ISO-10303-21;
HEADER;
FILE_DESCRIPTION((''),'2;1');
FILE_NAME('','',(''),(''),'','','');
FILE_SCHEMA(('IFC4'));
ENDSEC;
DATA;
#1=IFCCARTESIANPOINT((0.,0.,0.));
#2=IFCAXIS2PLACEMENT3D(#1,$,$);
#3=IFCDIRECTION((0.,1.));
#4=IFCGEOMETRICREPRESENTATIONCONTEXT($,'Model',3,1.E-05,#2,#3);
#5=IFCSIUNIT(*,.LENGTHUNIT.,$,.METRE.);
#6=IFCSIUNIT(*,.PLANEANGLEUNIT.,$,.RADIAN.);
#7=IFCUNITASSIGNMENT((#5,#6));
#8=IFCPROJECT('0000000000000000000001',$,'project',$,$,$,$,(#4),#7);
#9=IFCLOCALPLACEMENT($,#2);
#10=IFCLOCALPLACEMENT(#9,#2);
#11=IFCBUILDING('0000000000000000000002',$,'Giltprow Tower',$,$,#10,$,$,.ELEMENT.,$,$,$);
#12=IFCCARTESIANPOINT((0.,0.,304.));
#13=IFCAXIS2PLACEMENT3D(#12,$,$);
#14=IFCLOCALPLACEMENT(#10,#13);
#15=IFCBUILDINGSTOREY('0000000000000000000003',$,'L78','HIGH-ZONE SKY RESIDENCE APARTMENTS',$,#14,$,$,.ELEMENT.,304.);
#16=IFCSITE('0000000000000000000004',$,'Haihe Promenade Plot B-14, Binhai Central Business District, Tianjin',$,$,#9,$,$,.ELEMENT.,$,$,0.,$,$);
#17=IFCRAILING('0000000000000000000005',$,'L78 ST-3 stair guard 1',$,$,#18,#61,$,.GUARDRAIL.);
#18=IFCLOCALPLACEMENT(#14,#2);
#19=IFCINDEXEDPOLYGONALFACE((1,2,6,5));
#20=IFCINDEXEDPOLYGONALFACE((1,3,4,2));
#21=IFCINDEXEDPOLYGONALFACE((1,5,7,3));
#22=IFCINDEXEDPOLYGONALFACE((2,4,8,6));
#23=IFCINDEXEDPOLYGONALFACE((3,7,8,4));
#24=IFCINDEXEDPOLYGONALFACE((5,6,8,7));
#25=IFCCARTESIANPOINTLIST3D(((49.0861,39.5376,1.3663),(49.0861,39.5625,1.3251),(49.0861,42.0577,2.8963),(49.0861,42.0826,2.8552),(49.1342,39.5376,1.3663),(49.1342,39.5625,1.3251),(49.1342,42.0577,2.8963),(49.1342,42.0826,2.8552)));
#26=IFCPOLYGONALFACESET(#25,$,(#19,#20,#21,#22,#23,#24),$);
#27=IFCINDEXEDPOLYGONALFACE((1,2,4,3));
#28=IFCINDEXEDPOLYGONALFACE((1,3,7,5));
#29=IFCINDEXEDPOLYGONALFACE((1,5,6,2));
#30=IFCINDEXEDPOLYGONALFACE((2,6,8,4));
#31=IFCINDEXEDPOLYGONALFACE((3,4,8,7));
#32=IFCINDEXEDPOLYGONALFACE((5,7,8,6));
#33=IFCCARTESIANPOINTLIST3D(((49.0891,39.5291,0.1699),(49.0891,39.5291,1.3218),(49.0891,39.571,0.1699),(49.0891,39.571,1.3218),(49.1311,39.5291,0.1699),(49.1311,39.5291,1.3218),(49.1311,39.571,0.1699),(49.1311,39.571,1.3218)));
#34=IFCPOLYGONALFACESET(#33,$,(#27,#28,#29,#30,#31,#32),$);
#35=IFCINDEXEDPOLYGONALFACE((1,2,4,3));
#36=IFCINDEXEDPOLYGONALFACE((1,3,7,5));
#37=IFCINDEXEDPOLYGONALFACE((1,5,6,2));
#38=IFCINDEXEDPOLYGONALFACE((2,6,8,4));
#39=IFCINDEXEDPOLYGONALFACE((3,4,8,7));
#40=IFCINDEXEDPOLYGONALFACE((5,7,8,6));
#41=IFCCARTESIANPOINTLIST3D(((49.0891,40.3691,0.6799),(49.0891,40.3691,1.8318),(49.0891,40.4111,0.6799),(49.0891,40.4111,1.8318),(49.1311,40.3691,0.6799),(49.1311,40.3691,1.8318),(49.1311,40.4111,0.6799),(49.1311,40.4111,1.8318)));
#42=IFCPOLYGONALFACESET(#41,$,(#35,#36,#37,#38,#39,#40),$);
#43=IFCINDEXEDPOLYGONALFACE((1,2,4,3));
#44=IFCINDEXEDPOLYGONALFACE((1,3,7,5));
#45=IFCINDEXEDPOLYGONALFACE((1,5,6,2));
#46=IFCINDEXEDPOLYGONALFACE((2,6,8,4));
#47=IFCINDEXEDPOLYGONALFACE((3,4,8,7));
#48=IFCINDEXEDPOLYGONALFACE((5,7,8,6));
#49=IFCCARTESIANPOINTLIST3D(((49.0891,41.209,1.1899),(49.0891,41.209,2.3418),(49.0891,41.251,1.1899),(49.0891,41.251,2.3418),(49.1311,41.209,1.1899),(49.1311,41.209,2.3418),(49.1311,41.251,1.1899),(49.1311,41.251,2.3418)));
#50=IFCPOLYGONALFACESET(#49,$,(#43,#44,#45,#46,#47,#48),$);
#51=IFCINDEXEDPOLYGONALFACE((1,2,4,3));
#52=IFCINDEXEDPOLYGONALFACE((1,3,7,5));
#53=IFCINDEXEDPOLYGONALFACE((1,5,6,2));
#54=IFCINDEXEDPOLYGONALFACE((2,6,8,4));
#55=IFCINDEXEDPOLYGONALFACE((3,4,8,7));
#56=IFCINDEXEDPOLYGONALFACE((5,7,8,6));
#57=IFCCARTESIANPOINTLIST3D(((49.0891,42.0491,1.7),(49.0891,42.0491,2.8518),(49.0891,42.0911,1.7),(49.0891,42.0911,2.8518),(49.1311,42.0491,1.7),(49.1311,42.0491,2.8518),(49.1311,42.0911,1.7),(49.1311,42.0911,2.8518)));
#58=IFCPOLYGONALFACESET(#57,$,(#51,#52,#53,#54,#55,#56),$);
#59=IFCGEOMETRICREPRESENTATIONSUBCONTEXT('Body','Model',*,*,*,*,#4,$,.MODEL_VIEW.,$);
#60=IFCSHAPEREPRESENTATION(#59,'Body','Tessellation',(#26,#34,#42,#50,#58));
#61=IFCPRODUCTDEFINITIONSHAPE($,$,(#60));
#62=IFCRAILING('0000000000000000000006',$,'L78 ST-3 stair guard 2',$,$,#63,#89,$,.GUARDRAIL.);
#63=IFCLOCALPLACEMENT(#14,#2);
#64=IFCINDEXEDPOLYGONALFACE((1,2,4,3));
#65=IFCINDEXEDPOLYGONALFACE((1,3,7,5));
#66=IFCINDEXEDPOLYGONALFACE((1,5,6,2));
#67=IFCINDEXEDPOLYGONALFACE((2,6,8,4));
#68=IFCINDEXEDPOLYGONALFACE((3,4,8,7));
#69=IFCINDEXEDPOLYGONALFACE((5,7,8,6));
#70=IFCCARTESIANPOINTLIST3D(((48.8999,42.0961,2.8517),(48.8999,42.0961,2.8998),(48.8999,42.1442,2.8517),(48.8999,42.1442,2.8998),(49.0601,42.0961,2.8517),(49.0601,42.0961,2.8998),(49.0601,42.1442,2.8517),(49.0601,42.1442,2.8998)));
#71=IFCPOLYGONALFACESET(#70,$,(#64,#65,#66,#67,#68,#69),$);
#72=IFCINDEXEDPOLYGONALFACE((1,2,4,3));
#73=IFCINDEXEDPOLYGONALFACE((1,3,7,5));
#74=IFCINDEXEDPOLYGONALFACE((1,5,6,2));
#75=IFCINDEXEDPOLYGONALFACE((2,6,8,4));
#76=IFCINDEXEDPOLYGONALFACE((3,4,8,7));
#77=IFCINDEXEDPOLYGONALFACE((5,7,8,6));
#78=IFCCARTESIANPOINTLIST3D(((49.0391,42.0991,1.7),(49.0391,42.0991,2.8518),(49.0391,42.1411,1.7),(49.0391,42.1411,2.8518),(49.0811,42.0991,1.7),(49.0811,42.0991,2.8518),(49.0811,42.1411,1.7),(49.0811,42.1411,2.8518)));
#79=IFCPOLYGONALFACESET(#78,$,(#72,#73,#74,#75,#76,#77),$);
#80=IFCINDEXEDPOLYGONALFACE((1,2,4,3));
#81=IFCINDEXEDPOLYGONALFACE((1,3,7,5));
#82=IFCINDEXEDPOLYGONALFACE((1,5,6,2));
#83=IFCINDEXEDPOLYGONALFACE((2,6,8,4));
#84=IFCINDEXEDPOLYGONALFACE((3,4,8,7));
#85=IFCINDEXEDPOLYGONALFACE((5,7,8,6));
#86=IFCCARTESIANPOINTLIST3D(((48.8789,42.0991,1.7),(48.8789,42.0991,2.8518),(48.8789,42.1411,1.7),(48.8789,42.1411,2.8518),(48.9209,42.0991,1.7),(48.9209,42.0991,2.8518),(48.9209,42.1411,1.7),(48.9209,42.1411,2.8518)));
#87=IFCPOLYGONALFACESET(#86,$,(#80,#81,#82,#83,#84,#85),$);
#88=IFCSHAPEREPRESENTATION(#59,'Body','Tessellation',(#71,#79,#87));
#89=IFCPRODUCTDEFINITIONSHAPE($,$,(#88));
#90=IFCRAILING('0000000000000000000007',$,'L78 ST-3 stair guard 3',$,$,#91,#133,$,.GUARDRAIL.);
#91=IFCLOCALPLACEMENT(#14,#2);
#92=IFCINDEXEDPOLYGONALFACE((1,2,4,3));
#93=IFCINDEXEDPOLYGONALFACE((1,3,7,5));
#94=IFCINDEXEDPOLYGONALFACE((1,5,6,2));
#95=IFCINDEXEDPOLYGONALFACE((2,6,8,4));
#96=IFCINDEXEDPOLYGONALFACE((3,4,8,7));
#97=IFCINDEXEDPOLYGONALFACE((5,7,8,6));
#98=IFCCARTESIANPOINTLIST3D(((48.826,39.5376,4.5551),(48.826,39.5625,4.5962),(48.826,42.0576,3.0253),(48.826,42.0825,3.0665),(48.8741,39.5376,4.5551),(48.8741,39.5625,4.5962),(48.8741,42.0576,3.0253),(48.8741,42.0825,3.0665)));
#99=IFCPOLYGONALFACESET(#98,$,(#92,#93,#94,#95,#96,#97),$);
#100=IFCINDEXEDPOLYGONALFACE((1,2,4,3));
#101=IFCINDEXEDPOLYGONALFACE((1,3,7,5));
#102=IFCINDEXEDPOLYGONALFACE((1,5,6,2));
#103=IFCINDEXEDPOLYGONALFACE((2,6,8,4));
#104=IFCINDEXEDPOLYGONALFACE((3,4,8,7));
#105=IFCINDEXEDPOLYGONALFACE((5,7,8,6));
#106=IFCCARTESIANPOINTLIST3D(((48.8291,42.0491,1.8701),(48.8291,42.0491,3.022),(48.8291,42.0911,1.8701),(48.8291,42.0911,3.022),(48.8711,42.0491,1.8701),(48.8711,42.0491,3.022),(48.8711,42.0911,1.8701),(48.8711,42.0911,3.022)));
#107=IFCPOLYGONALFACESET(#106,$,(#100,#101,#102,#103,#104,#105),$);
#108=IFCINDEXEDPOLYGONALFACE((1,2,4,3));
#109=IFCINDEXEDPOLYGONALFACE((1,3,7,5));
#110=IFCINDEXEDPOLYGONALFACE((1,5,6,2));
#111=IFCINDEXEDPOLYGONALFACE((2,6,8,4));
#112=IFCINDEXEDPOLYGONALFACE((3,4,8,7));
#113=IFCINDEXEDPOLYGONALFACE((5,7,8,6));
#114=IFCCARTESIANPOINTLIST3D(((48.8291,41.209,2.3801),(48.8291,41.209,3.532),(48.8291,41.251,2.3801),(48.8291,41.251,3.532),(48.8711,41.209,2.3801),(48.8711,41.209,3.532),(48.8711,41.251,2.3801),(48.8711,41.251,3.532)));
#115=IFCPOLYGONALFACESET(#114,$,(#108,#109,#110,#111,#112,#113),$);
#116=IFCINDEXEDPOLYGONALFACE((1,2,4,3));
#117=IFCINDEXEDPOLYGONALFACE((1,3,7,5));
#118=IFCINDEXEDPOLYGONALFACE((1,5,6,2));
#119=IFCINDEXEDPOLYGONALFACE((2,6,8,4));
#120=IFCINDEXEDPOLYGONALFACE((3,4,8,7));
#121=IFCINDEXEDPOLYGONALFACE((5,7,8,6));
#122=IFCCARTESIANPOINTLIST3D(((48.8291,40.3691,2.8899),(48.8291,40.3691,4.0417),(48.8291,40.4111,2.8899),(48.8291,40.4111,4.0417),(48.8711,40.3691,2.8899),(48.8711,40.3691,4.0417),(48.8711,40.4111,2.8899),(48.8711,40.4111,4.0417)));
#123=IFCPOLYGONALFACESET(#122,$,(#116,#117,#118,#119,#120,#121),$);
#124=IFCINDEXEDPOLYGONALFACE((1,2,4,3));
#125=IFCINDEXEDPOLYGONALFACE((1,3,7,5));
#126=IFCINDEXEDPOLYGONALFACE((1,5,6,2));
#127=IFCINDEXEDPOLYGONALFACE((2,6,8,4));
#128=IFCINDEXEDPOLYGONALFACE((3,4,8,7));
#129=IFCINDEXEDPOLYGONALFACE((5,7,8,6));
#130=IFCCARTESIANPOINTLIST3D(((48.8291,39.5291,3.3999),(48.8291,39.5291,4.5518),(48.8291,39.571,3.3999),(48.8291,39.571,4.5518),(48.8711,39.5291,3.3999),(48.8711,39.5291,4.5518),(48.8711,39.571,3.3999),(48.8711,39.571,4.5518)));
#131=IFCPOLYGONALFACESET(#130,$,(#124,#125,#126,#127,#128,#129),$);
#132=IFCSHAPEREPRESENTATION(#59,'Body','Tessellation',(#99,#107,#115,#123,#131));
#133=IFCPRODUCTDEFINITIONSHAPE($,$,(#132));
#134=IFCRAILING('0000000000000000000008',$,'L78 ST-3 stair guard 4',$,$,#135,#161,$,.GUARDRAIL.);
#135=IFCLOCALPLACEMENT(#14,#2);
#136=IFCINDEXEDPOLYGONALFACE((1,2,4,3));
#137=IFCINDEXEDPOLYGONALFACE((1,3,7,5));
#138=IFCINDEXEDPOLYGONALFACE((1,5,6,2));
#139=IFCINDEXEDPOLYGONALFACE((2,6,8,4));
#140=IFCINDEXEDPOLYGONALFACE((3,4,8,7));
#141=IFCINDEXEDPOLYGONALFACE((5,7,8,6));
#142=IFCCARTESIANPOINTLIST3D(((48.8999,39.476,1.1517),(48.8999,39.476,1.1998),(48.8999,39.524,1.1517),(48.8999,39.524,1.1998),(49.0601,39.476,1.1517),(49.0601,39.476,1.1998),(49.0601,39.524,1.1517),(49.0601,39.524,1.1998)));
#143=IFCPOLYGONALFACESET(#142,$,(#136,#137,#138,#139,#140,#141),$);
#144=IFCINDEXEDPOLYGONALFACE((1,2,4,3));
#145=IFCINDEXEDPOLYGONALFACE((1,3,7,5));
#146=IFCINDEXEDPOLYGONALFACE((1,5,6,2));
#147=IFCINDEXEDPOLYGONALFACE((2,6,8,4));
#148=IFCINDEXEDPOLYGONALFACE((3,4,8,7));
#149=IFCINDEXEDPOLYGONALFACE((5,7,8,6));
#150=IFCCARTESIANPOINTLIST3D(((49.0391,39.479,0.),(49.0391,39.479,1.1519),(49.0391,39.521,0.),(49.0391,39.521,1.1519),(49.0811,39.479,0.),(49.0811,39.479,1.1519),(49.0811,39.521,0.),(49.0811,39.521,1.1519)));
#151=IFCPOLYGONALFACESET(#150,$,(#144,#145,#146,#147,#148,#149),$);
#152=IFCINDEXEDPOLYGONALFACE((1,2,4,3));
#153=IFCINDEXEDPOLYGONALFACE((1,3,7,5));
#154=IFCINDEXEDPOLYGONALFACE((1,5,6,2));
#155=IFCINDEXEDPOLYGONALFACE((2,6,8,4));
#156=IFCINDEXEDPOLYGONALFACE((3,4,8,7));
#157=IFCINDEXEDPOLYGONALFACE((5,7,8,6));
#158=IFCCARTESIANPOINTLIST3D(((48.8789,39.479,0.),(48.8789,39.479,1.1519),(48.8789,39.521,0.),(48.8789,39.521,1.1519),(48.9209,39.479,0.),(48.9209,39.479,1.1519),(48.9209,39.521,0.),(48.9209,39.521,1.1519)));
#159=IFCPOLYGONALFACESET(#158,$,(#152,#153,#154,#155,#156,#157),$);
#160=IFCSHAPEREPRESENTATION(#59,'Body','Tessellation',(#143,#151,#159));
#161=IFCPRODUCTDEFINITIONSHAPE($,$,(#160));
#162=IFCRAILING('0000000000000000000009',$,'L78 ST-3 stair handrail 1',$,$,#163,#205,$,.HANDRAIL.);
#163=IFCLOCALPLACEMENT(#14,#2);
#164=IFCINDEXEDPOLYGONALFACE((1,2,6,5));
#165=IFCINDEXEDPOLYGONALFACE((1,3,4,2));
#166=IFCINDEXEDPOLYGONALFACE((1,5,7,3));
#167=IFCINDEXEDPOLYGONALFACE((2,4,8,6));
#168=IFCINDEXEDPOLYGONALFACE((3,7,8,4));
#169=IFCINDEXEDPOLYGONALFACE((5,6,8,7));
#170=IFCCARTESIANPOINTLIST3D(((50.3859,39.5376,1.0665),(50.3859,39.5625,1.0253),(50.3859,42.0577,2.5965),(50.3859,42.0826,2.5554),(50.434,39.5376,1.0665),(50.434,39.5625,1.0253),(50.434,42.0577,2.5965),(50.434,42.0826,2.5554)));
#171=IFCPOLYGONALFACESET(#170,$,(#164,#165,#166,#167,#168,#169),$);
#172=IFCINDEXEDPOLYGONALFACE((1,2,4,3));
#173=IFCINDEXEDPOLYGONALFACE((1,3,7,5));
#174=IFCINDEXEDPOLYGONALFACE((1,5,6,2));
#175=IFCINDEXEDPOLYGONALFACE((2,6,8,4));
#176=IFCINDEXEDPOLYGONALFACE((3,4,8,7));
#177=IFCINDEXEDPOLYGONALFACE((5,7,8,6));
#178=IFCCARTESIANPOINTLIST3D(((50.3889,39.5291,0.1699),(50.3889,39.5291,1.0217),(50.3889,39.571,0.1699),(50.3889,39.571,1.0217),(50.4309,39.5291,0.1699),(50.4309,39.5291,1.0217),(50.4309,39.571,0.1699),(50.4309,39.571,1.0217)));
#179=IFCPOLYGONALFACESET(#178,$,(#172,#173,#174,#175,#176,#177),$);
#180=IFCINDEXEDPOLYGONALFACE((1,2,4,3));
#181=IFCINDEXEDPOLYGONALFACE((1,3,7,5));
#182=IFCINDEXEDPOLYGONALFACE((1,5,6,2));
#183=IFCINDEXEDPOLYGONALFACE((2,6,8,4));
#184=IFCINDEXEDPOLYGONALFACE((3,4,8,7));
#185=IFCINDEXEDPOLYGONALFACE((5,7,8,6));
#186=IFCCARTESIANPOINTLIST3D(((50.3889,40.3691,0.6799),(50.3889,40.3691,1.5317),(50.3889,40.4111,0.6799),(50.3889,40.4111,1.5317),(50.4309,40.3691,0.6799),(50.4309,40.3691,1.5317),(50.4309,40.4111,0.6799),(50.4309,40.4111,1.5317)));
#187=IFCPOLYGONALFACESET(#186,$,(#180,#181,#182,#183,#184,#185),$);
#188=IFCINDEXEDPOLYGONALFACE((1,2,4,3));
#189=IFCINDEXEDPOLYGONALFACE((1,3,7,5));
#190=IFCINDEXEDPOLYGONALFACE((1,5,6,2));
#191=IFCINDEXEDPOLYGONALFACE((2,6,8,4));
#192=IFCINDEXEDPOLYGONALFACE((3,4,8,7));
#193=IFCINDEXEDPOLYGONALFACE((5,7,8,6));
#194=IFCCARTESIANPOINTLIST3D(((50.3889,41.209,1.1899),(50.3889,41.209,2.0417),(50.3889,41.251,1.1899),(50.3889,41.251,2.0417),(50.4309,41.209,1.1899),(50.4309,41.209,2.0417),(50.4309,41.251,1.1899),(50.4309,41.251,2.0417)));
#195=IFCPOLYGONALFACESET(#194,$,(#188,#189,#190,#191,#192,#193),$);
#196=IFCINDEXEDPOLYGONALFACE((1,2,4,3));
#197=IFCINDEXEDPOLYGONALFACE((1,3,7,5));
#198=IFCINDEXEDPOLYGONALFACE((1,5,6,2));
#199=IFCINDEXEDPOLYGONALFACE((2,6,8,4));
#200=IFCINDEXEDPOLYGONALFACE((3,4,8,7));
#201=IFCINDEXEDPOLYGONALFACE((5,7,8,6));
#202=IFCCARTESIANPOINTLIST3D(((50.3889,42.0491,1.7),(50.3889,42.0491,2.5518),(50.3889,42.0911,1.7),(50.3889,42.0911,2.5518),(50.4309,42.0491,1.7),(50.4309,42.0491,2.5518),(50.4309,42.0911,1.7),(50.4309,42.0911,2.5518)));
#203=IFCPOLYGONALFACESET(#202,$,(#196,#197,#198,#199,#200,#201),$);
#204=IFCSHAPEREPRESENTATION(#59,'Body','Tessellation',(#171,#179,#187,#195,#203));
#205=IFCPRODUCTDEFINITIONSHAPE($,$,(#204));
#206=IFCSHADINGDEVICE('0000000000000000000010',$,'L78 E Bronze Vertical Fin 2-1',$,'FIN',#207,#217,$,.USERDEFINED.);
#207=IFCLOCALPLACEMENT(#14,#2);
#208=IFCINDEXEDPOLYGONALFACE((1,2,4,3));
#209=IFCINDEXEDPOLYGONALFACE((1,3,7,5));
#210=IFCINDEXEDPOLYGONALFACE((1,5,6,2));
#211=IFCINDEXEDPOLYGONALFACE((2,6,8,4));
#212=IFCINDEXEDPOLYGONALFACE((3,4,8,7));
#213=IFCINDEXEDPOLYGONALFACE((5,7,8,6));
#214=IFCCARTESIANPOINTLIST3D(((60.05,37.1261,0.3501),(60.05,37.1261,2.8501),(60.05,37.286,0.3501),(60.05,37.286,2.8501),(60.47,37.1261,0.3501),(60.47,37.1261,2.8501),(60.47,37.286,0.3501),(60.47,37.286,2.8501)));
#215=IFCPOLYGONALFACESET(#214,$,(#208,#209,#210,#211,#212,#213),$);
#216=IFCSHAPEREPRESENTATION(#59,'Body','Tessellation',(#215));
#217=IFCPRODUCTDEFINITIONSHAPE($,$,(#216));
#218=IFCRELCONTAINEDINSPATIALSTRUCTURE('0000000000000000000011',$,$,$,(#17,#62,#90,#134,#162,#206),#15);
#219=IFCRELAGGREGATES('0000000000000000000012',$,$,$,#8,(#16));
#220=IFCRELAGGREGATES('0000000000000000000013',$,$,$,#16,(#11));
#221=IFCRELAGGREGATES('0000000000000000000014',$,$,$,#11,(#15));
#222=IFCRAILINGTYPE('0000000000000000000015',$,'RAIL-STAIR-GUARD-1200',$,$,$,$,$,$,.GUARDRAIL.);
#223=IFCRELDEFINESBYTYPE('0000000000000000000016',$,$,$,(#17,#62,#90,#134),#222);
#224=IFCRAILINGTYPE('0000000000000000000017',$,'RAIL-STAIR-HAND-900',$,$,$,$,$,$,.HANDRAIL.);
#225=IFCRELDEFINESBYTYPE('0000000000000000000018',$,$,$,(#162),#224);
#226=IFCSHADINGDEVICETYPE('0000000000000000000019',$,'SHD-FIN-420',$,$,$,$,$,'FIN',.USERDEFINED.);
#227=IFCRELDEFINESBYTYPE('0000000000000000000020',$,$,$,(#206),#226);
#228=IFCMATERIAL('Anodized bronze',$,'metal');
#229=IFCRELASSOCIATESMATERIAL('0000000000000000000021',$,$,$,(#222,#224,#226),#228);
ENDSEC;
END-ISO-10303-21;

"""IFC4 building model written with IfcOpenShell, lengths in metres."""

from ifc_helpers import new_model, si_unit, direction, frame, origin, origin_2d, place, context, subcontext, project, spatial, rectangle, extrude, source, transform, mapped, material, type_object, element, save


model = new_model("IFC4")

# Units and contexts
model_context = context("Model", 3, precision=1e-05, world=origin(), true_north=direction((0.0, 1.0)))
body_context = subcontext(model_context, "Body", "Model", "MODEL_VIEW")
ifc_project = project(units=[si_unit("LENGTHUNIT", "METRE"), si_unit("PLANEANGLEUNIT", "RADIAN")], contexts=[model_context])

# Site, building, storey
site_placement = place(None, origin())
site = spatial("IfcSite", under=ifc_project, at=site_placement, Name="Haihe Promenade Plot B-14, Binhai Central Business District, Tianjin", CompositionType="ELEMENT", RefElevation=0.0)
building_placement = place(site_placement, origin())
building = spatial("IfcBuilding", under=site, at=building_placement, Name="Giltprow Tower", CompositionType="ELEMENT")
storey_placement = place(building_placement, frame((0.0, 0.0, 304.0)))
storey = spatial("IfcBuildingStorey", under=building, at=storey_placement, Name="L78", Description="HIGH-ZONE SKY RESIDENCE APARTMENTS", CompositionType="ELEMENT", Elevation=304.0)

# Railings
ifc_material_1 = material(Name="Anodized bronze", Category="metal")
railing_type_1 = type_object("IfcRailingType", Name="RAIL-STAIR-GUARD-1200", PredefinedType="GUARDRAIL", material=ifc_material_1)
railing_1_placement = place(storey_placement, frame((49.1101, 39.55, 0.1699)))
element("IfcRailing", 1, at=railing_1_placement, inside=storey, type_object=railing_type_1, Name="L78 ST-3 stair guard 1", PredefinedType="GUARDRAIL", context=body_context, shape_type="SweptSolid", body=[
    extrude(rectangle(XDim=0.0481, YDim=0.0481, at=origin_2d()), frame((0.0, 0.0, 1.1758), z_axis=(0.0, 0.854785, 0.518982), x_axis=(-1.0, 0.0, 0.0)), (0.0, 0.0, 1.0), 2.9482),
    extrude(rectangle(XDim=0.042, YDim=0.042, at=origin_2d()), origin(), (0.0, 0.0, 1.0), 1.1519),
    extrude(rectangle(XDim=0.042, YDim=0.042, at=origin_2d()), frame((0.0, 0.8401, 0.51)), (0.0, 0.0, 1.0), 1.1519),
    extrude(rectangle(XDim=0.042, YDim=0.042, at=origin_2d()), frame((0.0, 1.6799, 1.02)), (0.0, 0.0, 1.0), 1.1519),
    extrude(rectangle(XDim=0.042, YDim=0.042, at=origin_2d()), frame((0.0, 2.52, 1.53)), (0.0, 0.0, 1.0), 1.1519),
])
railing_2_placement = place(storey_placement, frame((49.0601, 42.1201, 1.7)))
element("IfcRailing", 2, at=railing_2_placement, inside=storey, type_object=railing_type_1, Name="L78 ST-3 stair guard 2", PredefinedType="GUARDRAIL", context=body_context, shape_type="SweptSolid", body=[
    extrude(rectangle(XDim=0.0481, YDim=0.0481, at=origin_2d()), frame((0.0, 0.0, 1.1758), z_axis=(-1.0, 0.0, 0.0), x_axis=(0.0, -1.0, 0.0)), (0.0, 0.0, 1.0), 0.1602),
    extrude(rectangle(XDim=0.042, YDim=0.042, at=origin_2d()), origin(), (0.0, 0.0, 1.0), 1.1519),
    extrude(rectangle(XDim=0.042, YDim=0.042, at=origin_2d()), frame((-0.1602, 0.0, 0.0)), (0.0, 0.0, 1.0), 1.1519),
])
railing_3_placement = place(storey_placement, frame((48.8501, 42.0701, 1.8701)))
element("IfcRailing", 3, at=railing_3_placement, inside=storey, type_object=railing_type_1, Name="L78 ST-3 stair guard 3", PredefinedType="GUARDRAIL", context=body_context, shape_type="SweptSolid", body=[
    extrude(rectangle(XDim=0.0481, YDim=0.0481, at=origin_2d()), frame((0.0, 0.0, 1.1758), z_axis=(0.0, -0.854822, 0.518922), x_axis=(1.0, 0.0, 0.0)), (0.0, 0.0, 1.0), 2.948),
    extrude(rectangle(XDim=0.042, YDim=0.042, at=origin_2d()), origin(), (0.0, 0.0, 1.0), 1.1519),
    extrude(rectangle(XDim=0.042, YDim=0.042, at=origin_2d()), frame((0.0, -0.8401, 0.51)), (0.0, 0.0, 1.0), 1.1519),
    extrude(rectangle(XDim=0.042, YDim=0.042, at=origin_2d()), frame((0.0, -1.6799, 1.0198)), (0.0, 0.0, 1.0), 1.1519),
    extrude(rectangle(XDim=0.042, YDim=0.042, at=origin_2d()), frame((0.0, -2.52, 1.5298)), (0.0, 0.0, 1.0), 1.1519),
])
railing_4_placement = place(storey_placement, frame((49.0601, 39.5, 0.0)))
element("IfcRailing", 4, at=railing_4_placement, inside=storey, type_object=railing_type_1, Name="L78 ST-3 stair guard 4", PredefinedType="GUARDRAIL", context=body_context, shape_type="SweptSolid", body=[
    extrude(rectangle(XDim=0.0481, YDim=0.0481, at=origin_2d()), frame((0.0, 0.0, 1.1758), z_axis=(-1.0, 0.0, 0.0), x_axis=(0.0, -1.0, 0.0)), (0.0, 0.0, 1.0), 0.1602),
    extrude(rectangle(XDim=0.042, YDim=0.042, at=origin_2d()), origin(), (0.0, 0.0, 1.0), 1.1519),
    extrude(rectangle(XDim=0.042, YDim=0.042, at=origin_2d()), frame((-0.1602, 0.0, 0.0)), (0.0, 0.0, 1.0), 1.1519),
])
railing_type_2 = type_object("IfcRailingType", Name="RAIL-STAIR-HAND-900", PredefinedType="HANDRAIL", material=ifc_material_1)
railing_5_placement = place(storey_placement, frame((50.4099, 39.55, 0.1699)))
element("IfcRailing", 5, at=railing_5_placement, inside=storey, type_object=railing_type_2, Name="L78 ST-3 stair handrail 1", PredefinedType="HANDRAIL", context=body_context, shape_type="SweptSolid", body=[
    extrude(rectangle(XDim=0.0481, YDim=0.0481, at=origin_2d()), frame((0.0, 0.0, 0.876), z_axis=(0.0, 0.854785, 0.518982), x_axis=(-1.0, 0.0, 0.0)), (0.0, 0.0, 1.0), 2.9482),
    extrude(rectangle(XDim=0.042, YDim=0.042, at=origin_2d()), origin(), (0.0, 0.0, 1.0), 0.8518),
    extrude(rectangle(XDim=0.042, YDim=0.042, at=origin_2d()), frame((0.0, 0.8401, 0.51)), (0.0, 0.0, 1.0), 0.8518),
    extrude(rectangle(XDim=0.042, YDim=0.042, at=origin_2d()), frame((0.0, 1.6799, 1.02)), (0.0, 0.0, 1.0), 0.8518),
    extrude(rectangle(XDim=0.042, YDim=0.042, at=origin_2d()), frame((0.0, 2.52, 1.53)), (0.0, 0.0, 1.0), 0.8518),
])

# Shading device
shading_device_type = type_object("IfcShadingDeviceType", Name="SHD-FIN-420", ElementType="FIN", PredefinedType="USERDEFINED", material=ifc_material_1)
shared_shape_1 = source(origin(), body_context, "Body", "SweptSolid", [
    extrude(rectangle(XDim=0.4199, YDim=0.1599, at=origin_2d()), origin(), (0.0, 0.0, 1.0), 2.5),
])
shading_device_placement = place(storey_placement, frame((60.26, 37.2061, 0.3501), z_axis=(0.0, 0.0, 1.0), x_axis=(1.0, 0.0, 0.0)))
element("IfcShadingDevice", 6, at=shading_device_placement, inside=storey, type_object=shading_device_type, Name="L78 E Bronze Vertical Fin 2-1", ObjectType="FIN", PredefinedType="USERDEFINED", context=body_context, shape_type="MappedRepresentation", body=[
    mapped(shared_shape_1, transform((0.0, 0.0, 0.0), x_axis=(1.0, 0.0, 0.0), y_axis=(0.0, 1.0, 0.0), z_axis=(0.0, 0.0, 1.0), scale=1.0)),
])

save(model, "model.ifc")
